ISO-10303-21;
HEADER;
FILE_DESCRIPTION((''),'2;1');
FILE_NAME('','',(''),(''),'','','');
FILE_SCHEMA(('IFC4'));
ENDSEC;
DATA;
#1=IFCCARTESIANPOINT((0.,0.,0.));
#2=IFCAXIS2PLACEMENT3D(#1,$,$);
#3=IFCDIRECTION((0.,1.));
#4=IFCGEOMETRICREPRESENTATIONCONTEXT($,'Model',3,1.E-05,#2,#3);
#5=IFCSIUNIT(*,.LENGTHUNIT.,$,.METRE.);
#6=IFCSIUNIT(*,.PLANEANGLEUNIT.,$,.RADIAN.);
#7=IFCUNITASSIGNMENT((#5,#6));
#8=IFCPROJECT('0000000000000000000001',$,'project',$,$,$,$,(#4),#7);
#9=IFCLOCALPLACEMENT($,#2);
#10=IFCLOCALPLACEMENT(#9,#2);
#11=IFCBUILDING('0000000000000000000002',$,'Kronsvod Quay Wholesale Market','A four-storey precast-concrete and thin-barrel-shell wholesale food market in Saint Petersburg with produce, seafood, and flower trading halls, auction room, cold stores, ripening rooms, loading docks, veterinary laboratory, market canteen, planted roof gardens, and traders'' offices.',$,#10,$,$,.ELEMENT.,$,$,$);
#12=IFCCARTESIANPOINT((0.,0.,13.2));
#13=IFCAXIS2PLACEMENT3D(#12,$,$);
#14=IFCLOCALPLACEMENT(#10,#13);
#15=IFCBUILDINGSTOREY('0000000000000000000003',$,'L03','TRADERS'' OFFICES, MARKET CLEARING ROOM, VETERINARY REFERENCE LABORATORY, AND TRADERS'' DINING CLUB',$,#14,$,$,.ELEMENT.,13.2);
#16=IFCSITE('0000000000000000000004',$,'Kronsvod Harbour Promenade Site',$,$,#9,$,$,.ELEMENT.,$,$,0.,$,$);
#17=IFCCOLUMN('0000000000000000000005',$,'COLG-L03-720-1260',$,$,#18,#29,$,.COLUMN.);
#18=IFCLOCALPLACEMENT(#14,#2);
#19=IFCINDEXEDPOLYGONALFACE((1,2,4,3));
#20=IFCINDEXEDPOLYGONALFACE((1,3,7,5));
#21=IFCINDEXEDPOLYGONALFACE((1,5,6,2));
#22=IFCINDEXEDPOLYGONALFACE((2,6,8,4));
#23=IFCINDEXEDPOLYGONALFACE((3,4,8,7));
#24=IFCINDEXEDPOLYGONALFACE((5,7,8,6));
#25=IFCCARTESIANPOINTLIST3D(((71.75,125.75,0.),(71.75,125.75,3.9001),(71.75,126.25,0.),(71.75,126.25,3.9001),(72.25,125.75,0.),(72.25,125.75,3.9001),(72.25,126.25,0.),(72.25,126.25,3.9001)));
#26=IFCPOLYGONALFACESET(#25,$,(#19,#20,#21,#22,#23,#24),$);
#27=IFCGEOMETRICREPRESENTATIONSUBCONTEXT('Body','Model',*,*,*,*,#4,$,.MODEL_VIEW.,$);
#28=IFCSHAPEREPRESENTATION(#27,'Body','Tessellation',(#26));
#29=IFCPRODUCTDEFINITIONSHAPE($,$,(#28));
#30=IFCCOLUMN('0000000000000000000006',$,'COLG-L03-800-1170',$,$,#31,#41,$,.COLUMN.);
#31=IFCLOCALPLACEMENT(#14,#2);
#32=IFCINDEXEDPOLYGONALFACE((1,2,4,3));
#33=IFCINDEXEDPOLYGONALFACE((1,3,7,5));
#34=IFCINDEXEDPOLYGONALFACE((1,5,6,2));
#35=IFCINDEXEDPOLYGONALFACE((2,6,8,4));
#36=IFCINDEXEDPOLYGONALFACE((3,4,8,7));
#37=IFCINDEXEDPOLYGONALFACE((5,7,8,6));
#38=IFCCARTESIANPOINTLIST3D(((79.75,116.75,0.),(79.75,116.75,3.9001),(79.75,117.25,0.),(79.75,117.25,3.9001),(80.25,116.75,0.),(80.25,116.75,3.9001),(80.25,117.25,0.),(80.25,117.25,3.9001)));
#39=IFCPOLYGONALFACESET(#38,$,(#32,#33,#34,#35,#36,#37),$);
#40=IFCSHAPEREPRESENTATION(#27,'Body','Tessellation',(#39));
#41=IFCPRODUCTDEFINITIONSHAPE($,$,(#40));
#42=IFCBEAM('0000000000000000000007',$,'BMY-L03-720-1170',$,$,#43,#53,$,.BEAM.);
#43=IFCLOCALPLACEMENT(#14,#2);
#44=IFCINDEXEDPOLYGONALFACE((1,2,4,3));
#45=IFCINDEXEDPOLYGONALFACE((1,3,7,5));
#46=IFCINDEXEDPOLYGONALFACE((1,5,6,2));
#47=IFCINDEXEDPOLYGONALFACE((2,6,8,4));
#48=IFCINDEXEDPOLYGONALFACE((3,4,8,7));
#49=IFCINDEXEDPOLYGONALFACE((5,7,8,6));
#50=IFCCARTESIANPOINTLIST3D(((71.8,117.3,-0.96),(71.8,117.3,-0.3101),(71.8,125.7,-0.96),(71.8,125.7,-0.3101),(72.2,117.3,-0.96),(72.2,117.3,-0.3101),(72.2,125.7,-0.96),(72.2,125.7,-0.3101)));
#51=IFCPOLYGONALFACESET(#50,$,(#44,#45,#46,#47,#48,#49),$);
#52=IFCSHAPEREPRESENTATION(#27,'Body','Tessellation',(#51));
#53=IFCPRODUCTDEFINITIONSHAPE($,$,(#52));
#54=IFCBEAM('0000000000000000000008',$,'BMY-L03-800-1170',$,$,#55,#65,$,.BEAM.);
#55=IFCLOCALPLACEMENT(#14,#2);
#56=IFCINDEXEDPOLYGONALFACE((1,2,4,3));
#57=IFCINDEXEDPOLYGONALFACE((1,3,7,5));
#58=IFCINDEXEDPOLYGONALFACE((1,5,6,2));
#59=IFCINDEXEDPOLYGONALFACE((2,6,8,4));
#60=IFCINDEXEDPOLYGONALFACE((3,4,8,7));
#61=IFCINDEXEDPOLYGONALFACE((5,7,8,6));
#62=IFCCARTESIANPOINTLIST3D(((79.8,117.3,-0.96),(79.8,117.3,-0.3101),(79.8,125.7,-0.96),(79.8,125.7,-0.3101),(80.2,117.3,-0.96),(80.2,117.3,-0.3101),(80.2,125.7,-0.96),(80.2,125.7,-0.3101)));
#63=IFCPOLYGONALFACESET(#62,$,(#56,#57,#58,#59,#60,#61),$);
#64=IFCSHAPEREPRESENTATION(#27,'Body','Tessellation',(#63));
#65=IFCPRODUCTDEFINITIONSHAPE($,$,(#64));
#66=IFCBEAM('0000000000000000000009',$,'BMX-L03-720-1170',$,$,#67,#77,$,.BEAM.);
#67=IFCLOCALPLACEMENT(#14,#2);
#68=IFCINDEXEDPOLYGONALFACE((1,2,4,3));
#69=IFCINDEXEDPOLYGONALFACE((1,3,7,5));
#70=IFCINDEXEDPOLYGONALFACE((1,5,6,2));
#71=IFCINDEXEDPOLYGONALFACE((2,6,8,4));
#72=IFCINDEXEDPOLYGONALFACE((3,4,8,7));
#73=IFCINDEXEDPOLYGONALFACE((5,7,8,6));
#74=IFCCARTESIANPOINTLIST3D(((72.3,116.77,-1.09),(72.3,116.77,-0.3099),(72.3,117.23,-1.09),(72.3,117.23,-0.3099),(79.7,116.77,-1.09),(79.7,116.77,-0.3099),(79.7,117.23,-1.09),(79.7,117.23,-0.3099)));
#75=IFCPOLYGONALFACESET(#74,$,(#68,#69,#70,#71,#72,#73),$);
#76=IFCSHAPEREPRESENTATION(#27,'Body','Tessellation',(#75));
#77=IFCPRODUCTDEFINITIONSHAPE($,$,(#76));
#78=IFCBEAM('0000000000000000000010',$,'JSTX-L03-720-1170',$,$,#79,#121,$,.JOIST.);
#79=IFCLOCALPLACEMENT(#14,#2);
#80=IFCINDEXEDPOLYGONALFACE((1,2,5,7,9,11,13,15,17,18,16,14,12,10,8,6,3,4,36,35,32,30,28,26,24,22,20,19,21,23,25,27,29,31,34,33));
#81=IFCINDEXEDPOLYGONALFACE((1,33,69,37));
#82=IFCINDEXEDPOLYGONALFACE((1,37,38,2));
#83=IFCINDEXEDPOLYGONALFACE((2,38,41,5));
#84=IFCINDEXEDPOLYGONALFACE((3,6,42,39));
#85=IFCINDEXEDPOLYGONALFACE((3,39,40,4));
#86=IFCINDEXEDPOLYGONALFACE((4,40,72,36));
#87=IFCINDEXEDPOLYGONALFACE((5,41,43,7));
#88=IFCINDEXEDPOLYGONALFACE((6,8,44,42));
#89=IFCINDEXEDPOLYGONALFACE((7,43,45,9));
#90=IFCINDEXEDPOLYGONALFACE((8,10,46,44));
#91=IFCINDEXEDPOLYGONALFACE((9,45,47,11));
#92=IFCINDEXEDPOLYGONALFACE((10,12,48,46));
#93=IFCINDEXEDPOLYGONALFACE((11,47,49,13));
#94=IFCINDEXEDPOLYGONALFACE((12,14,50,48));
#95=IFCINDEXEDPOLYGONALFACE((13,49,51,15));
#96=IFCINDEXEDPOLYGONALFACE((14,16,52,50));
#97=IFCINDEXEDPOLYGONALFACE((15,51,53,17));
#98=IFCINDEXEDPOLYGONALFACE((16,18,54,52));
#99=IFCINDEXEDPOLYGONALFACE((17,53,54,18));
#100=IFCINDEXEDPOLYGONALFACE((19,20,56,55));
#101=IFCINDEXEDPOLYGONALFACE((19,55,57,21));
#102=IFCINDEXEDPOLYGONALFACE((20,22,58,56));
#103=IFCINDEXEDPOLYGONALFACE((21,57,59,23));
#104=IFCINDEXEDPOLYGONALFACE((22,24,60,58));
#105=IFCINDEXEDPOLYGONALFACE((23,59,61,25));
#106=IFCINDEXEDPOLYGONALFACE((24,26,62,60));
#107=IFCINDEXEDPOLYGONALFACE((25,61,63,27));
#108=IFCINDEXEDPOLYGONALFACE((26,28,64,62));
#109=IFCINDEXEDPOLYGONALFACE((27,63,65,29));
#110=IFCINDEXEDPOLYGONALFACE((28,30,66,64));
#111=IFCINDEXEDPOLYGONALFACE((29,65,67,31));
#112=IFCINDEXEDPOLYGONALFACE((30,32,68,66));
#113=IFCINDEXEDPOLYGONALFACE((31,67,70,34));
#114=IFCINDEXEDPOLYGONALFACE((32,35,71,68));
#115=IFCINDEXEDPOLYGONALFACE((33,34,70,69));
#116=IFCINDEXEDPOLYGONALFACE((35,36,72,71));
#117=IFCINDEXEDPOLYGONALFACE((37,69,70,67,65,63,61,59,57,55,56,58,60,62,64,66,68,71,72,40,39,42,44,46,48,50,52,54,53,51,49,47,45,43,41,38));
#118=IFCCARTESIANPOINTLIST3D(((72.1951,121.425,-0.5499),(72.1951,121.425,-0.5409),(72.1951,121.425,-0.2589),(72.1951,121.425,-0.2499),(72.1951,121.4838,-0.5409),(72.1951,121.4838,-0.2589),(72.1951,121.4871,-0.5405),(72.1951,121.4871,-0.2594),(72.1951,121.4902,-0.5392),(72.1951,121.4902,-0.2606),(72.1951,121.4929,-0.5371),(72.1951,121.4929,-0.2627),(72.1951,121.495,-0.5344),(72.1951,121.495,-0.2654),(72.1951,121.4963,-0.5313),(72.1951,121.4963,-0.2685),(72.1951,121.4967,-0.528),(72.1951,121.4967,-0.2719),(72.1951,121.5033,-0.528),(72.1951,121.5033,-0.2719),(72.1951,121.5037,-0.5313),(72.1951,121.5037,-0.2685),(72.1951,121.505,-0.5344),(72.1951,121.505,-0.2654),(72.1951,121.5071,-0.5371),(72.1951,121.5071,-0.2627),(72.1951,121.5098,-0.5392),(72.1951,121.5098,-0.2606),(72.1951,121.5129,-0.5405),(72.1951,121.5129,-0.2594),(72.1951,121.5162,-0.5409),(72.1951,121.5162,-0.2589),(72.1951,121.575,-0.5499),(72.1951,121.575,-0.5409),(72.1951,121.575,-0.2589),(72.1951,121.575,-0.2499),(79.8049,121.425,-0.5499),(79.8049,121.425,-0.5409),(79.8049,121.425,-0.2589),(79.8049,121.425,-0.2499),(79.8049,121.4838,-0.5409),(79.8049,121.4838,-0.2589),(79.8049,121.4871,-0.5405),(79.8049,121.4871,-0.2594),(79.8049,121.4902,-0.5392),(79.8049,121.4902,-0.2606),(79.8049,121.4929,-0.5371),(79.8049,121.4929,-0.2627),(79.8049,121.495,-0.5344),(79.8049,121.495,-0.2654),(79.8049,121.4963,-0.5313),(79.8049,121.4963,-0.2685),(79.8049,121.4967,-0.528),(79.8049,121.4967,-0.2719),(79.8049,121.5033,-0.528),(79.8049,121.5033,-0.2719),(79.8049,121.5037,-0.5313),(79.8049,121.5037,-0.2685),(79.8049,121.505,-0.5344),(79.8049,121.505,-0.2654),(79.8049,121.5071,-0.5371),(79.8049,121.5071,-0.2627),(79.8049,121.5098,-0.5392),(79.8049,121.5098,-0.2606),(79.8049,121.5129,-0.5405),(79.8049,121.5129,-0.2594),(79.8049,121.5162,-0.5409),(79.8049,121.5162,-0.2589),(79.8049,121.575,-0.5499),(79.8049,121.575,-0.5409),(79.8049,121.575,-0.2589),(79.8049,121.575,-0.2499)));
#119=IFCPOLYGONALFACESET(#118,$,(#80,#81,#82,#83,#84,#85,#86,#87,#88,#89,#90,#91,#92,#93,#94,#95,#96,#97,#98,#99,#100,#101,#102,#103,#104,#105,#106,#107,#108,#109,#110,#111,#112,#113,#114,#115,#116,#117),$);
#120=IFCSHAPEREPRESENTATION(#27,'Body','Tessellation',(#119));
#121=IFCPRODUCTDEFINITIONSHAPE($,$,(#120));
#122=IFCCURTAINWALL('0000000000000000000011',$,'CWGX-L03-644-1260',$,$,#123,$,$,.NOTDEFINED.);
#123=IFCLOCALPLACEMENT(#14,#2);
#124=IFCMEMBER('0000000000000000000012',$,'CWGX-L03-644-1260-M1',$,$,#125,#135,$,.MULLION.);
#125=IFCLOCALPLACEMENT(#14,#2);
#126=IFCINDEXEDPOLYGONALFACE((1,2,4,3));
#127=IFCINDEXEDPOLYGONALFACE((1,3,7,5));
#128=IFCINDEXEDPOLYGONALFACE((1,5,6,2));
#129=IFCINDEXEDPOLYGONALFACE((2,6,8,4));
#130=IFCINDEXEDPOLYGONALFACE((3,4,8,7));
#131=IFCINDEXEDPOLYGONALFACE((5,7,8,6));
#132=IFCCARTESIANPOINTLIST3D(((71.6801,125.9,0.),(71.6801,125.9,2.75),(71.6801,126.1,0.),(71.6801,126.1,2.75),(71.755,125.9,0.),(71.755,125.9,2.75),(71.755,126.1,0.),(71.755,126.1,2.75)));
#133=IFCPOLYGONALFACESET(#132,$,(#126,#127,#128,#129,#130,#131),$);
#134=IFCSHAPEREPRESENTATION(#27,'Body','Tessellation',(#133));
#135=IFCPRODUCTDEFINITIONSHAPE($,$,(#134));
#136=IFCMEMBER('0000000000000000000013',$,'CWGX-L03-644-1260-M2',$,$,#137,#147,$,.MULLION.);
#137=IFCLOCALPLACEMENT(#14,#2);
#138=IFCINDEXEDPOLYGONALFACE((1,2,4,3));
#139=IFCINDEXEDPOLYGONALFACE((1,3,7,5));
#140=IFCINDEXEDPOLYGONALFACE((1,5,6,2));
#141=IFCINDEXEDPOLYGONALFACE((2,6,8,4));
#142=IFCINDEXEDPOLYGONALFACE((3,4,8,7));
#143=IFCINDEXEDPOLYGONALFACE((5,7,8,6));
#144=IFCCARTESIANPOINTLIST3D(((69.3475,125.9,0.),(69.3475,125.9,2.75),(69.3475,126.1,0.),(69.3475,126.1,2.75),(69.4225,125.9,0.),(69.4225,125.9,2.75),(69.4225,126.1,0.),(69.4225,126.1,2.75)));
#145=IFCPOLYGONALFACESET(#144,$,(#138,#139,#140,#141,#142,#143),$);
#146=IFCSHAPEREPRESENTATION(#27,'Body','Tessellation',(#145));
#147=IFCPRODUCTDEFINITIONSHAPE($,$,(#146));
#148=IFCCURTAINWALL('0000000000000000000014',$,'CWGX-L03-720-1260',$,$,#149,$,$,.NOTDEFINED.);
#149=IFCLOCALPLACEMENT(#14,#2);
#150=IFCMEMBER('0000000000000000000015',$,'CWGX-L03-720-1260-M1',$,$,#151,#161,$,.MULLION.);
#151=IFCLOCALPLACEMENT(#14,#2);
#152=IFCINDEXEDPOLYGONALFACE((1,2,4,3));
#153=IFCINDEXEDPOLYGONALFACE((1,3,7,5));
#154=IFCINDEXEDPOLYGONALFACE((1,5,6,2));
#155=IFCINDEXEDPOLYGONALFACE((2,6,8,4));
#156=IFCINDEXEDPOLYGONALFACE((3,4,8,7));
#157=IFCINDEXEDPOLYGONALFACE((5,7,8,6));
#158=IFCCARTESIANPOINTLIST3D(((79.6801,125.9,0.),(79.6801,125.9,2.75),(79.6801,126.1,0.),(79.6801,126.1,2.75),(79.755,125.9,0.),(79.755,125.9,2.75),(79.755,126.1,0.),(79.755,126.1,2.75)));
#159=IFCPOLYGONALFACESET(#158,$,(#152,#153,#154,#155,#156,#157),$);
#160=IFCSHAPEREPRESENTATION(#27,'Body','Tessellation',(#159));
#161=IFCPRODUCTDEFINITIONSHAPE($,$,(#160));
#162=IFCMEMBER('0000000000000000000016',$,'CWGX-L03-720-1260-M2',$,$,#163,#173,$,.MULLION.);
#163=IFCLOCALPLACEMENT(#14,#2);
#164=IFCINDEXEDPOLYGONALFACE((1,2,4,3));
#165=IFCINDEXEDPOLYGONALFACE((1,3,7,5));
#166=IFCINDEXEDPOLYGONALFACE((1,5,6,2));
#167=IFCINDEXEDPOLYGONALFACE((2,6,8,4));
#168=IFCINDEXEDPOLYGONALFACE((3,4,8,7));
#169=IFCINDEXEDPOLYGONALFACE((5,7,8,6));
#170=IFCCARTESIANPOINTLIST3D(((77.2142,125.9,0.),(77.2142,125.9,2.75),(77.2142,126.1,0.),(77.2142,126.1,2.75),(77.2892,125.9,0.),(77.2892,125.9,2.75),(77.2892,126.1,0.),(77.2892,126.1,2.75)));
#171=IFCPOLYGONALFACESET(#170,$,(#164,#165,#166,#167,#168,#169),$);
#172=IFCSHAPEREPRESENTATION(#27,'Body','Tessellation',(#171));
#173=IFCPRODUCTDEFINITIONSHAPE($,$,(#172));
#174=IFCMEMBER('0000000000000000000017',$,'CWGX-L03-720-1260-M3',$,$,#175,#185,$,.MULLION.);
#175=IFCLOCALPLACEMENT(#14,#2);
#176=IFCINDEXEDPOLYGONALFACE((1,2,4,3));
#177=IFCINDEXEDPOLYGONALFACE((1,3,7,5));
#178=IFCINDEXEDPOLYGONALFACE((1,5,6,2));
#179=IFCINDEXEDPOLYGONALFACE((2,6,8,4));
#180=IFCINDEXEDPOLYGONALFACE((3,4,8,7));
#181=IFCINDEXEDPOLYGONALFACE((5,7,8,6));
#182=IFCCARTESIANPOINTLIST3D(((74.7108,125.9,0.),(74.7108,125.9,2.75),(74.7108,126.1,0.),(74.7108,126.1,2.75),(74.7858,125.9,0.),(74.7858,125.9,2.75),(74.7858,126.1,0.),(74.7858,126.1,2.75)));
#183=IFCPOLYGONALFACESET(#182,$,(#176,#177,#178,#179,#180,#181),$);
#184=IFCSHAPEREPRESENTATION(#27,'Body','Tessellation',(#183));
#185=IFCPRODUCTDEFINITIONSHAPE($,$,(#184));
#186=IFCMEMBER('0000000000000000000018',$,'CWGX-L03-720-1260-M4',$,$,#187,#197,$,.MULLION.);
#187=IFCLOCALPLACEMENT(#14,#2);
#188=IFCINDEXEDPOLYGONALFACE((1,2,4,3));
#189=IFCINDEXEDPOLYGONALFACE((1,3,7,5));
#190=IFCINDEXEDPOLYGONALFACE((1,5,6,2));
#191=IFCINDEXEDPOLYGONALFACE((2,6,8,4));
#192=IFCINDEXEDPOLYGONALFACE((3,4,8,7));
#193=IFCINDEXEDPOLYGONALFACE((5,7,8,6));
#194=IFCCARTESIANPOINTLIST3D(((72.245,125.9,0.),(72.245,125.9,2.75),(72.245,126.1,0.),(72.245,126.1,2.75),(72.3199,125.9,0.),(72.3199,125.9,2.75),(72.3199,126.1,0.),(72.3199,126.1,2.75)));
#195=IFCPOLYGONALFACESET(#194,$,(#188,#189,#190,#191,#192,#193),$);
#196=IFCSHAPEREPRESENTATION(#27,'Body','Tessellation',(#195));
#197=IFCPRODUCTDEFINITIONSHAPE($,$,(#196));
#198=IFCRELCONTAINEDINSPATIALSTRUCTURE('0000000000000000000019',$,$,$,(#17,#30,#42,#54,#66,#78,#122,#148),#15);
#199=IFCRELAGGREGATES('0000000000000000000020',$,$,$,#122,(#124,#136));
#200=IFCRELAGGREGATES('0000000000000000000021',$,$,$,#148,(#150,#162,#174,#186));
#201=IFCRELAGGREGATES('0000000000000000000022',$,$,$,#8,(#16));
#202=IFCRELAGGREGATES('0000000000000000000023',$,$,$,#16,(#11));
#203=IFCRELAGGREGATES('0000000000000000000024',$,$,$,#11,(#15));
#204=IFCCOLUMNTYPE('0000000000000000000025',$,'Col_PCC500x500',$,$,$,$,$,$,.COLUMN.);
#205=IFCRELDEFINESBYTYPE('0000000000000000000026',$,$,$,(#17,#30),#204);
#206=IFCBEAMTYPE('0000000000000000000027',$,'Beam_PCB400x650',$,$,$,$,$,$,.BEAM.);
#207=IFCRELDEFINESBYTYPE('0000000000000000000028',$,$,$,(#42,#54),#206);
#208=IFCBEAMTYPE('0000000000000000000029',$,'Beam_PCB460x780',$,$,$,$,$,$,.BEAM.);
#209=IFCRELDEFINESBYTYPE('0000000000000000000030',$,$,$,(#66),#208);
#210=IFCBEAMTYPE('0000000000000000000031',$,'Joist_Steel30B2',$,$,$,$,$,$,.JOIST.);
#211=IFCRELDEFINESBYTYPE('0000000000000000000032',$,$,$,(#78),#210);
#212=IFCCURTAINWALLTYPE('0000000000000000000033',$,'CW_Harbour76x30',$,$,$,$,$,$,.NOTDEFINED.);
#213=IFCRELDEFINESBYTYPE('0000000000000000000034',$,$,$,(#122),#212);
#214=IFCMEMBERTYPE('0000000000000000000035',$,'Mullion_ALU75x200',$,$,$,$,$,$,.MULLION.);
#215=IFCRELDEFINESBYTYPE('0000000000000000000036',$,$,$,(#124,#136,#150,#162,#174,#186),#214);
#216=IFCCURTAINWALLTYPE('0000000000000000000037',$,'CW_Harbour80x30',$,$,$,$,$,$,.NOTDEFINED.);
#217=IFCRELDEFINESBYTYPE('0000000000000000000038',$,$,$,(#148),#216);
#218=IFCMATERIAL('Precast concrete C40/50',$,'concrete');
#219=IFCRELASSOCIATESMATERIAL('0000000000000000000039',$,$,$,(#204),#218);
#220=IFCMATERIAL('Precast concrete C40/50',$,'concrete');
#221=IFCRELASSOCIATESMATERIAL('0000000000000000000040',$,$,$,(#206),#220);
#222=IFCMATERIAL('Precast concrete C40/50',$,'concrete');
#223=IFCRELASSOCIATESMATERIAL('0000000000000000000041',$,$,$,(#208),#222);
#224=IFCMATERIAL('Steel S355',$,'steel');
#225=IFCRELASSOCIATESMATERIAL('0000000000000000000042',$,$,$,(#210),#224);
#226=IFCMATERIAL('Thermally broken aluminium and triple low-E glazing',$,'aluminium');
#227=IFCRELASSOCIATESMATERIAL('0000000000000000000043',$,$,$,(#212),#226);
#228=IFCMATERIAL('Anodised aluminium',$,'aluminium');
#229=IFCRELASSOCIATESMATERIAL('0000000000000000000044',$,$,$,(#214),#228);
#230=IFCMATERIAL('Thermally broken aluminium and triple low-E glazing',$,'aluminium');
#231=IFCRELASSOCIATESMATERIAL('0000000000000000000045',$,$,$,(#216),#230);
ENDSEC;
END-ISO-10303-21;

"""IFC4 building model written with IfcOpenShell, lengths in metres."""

from ifc_helpers import new_model, si_unit, direction, frame, origin, origin_2d, place, context, subcontext, project, spatial, rectangle, i_section, extrude, material, material_profile, profile_set, type_object, element, aggregate, save


model = new_model("IFC4")

# Units and contexts
model_context = context("Model", 3, precision=1e-05, world=origin(), true_north=direction((0.0, 1.0)))
body_context = subcontext(model_context, "Body", "Model", "MODEL_VIEW")
ifc_project = project(units=[si_unit("LENGTHUNIT", "METRE"), si_unit("PLANEANGLEUNIT", "RADIAN")], contexts=[model_context])

# Site, building, storey
site_placement = place(None, origin())
site = spatial("IfcSite", under=ifc_project, at=site_placement, Name="Kronsvod Harbour Promenade Site", CompositionType="ELEMENT", RefElevation=0.0)
building_placement = place(site_placement, origin())
building = spatial("IfcBuilding", under=site, at=building_placement, Name="Kronsvod Quay Wholesale Market", Description="A four-storey precast-concrete and thin-barrel-shell wholesale food market in Saint Petersburg with produce, seafood, and flower trading halls, auction room, cold stores, ripening rooms, loading docks, veterinary laboratory, market canteen, planted roof gardens, and traders' offices.", CompositionType="ELEMENT")
storey_placement = place(building_placement, frame((0.0, 0.0, 13.2)))
storey = spatial("IfcBuildingStorey", under=building, at=storey_placement, Name="L03", Description="TRADERS' OFFICES, MARKET CLEARING ROOM, VETERINARY REFERENCE LABORATORY, AND TRADERS' DINING CLUB", CompositionType="ELEMENT", Elevation=13.2)

# Columns
ifc_material_1 = material(Name="Precast concrete C40/50", Category="concrete")
ifc_material_profile_1 = material_profile(ifc_material_1, rectangle(XDim=0.5, YDim=0.5, at=origin_2d()), Name="PCC500x500")
ifc_profile_set_1 = profile_set([ifc_material_profile_1], Name="Precast concrete C40/50")
column_type = type_object("IfcColumnType", Name="Col_PCC500x500", PredefinedType="COLUMN", material=ifc_profile_set_1)
for number, where, z_axis, x_axis, name in (
    (1, (72.0, 126.0, 0.0), (0.0, 0.0, 1.0), (1.0, 0.0, 0.0), "COLG-L03-720-1260"),
    (2, (80.0, 117.0, 0.0), (0.0, 0.0, 1.0), (1.0, 0.0, 0.0), "COLG-L03-800-1170"),
):
    element("IfcColumn", number, at=place(storey_placement, frame(where, z_axis=z_axis, x_axis=x_axis)), inside=storey, type_object=column_type, Name=name, PredefinedType="COLUMN", context=body_context, shape_type="SweptSolid", body=[
        extrude(rectangle(XDim=0.5, YDim=0.5, at=origin_2d()), origin(), (0.0, 0.0, 1.0), 3.9001),
    ])

# Beams
ifc_material_2 = material(Name="Precast concrete C40/50", Category="concrete")
ifc_material_profile_2 = material_profile(ifc_material_2, rectangle(XDim=0.3999, YDim=0.6499, at=origin_2d()), Name="PCB400x650")
ifc_profile_set_2 = profile_set([ifc_material_profile_2], Name="Precast concrete C40/50")
beam_type_1 = type_object("IfcBeamType", Name="Beam_PCB400x650", PredefinedType="BEAM", material=ifc_profile_set_2)
for number, where, z_axis, x_axis, name in (
    (3, (72.0, 117.3, -0.635), (0.0, 1.0, 0.0), (-1.0, 0.0, 0.0), "BMY-L03-720-1170"),
    (4, (80.0, 117.3, -0.635), (0.0, 1.0, 0.0), (-1.0, 0.0, 0.0), "BMY-L03-800-1170"),
):
    element("IfcBeam", number, at=place(storey_placement, frame(where, z_axis=z_axis, x_axis=x_axis)), inside=storey, type_object=beam_type_1, Name=name, PredefinedType="BEAM", context=body_context, shape_type="SweptSolid", body=[
        extrude(rectangle(XDim=0.3999, YDim=0.6499, at=origin_2d()), origin(), (0.0, 0.0, 1.0), 8.3999),
    ])
ifc_material_3 = material(Name="Precast concrete C40/50", Category="concrete")
ifc_material_profile_3 = material_profile(ifc_material_3, rectangle(XDim=0.46, YDim=0.78, at=origin_2d()), Name="PB-03")
ifc_profile_set_3 = profile_set([ifc_material_profile_3], Name="Precast concrete C40/50")
beam_type_2 = type_object("IfcBeamType", Name="Beam_PCB460x780", PredefinedType="BEAM", material=ifc_profile_set_3)
beam_1_placement = place(storey_placement, frame((72.3, 117.0, -0.7), z_axis=(1.0, 0.0, 0.0), x_axis=(0.0, 1.0, 0.0)))
element("IfcBeam", 5, at=beam_1_placement, inside=storey, type_object=beam_type_2, Name="BMX-L03-720-1170", PredefinedType="BEAM", context=body_context, shape_type="SweptSolid", body=[
    extrude(rectangle(XDim=0.46, YDim=0.78, at=origin_2d()), origin(), (0.0, 0.0, 1.0), 7.3999),
])
ifc_material_4 = material(Name="Steel S355", Category="steel")
ifc_material_profile_4 = material_profile(ifc_material_4, i_section(OverallWidth=0.1499, OverallDepth=0.3, WebThickness=0.0066, FlangeThickness=0.009, FilletRadius=0.0129, at=origin_2d()), Name="30B2")
ifc_profile_set_4 = profile_set([ifc_material_profile_4], Name="Steel S355")
beam_type_3 = type_object("IfcBeamType", Name="Joist_Steel30B2", PredefinedType="JOIST", material=ifc_profile_set_4)
beam_2_placement = place(storey_placement, frame((72.1951, 121.5, -0.3999), z_axis=(1.0, 0.0, 0.0), x_axis=(0.0, 1.0, 0.0)))
element("IfcBeam", 6, at=beam_2_placement, inside=storey, type_object=beam_type_3, Name="JSTX-L03-720-1170", PredefinedType="JOIST", context=body_context, shape_type="SweptSolid", body=[
    extrude(i_section(OverallWidth=0.1499, OverallDepth=0.3, WebThickness=0.0066, FlangeThickness=0.009, FilletRadius=0.0129, at=origin_2d()), origin(), (0.0, 0.0, 1.0), 7.6099),
])

# Curtain walls, members
ifc_material_5 = material(Name="Thermally broken aluminium and triple low-E glazing", Category="aluminium")
curtain_wall_type_1 = type_object("IfcCurtainWallType", Name="CW_Harbour76x30", PredefinedType="NOTDEFINED", material=ifc_material_5)
curtain_wall_1_placement = place(storey_placement, origin())
curtain_wall_1 = element("IfcCurtainWall", 7, at=curtain_wall_1_placement, inside=storey, type_object=curtain_wall_type_1, Name="CWGX-L03-644-1260", PredefinedType="NOTDEFINED")
ifc_material_6 = material(Name="Anodised aluminium", Category="aluminium")
ifc_material_profile_5 = material_profile(ifc_material_6, rectangle(XDim=0.075, YDim=0.2, at=origin_2d()), Name="ALUM75x200")
ifc_profile_set_5 = profile_set([ifc_material_profile_5], Name="Anodised aluminium")
member_type_1 = type_object("IfcMemberType", Name="Mullion_ALU75x200", PredefinedType="MULLION", material=ifc_profile_set_5)
member_1_placement = place(storey_placement, frame((71.7175, 126.0, 0.0), z_axis=(0.0, 0.0, 1.0), x_axis=(1.0, 0.0, 0.0)))
member_1 = element("IfcMember", 8, at=member_1_placement, type_object=member_type_1, Name="CWGX-L03-644-1260-M1", PredefinedType="MULLION", context=body_context, shape_type="SweptSolid", body=[
    extrude(rectangle(XDim=0.075, YDim=0.2, at=origin_2d()), origin(), (0.0, 0.0, 1.0), 2.75),
])
member_2_placement = place(storey_placement, frame((69.385, 126.0, 0.0), z_axis=(0.0, 0.0, 1.0), x_axis=(1.0, 0.0, 0.0)))
member_2 = element("IfcMember", 9, at=member_2_placement, type_object=member_type_1, Name="CWGX-L03-644-1260-M2", PredefinedType="MULLION", context=body_context, shape_type="SweptSolid", body=[
    extrude(rectangle(XDim=0.075, YDim=0.2, at=origin_2d()), origin(), (0.0, 0.0, 1.0), 2.75),
])
ifc_material_7 = material(Name="Thermally broken aluminium and triple low-E glazing", Category="aluminium")
curtain_wall_type_2 = type_object("IfcCurtainWallType", Name="CW_Harbour80x30", PredefinedType="NOTDEFINED", material=ifc_material_7)
curtain_wall_2_placement = place(storey_placement, origin())
curtain_wall_2 = element("IfcCurtainWall", 10, at=curtain_wall_2_placement, inside=storey, type_object=curtain_wall_type_2, Name="CWGX-L03-720-1260", PredefinedType="NOTDEFINED")
member_3_placement = place(storey_placement, frame((79.7175, 126.0, 0.0), z_axis=(0.0, 0.0, 1.0), x_axis=(1.0, 0.0, 0.0)))
member_3 = element("IfcMember", 11, at=member_3_placement, type_object=member_type_1, Name="CWGX-L03-720-1260-M1", PredefinedType="MULLION", context=body_context, shape_type="SweptSolid", body=[
    extrude(rectangle(XDim=0.075, YDim=0.2, at=origin_2d()), origin(), (0.0, 0.0, 1.0), 2.75),
])
member_4_placement = place(storey_placement, frame((77.2517, 126.0, 0.0), z_axis=(0.0, 0.0, 1.0), x_axis=(1.0, 0.0, 0.0)))
member_4 = element("IfcMember", 12, at=member_4_placement, type_object=member_type_1, Name="CWGX-L03-720-1260-M2", PredefinedType="MULLION", context=body_context, shape_type="SweptSolid", body=[
    extrude(rectangle(XDim=0.075, YDim=0.2, at=origin_2d()), origin(), (0.0, 0.0, 1.0), 2.75),
])
member_5_placement = place(storey_placement, frame((74.7483, 126.0, 0.0), z_axis=(0.0, 0.0, 1.0), x_axis=(1.0, 0.0, 0.0)))
member_5 = element("IfcMember", 13, at=member_5_placement, type_object=member_type_1, Name="CWGX-L03-720-1260-M3", PredefinedType="MULLION", context=body_context, shape_type="SweptSolid", body=[
    extrude(rectangle(XDim=0.075, YDim=0.2, at=origin_2d()), origin(), (0.0, 0.0, 1.0), 2.75),
])
member_6_placement = place(storey_placement, frame((72.2825, 126.0, 0.0), z_axis=(0.0, 0.0, 1.0), x_axis=(1.0, 0.0, 0.0)))
member_6 = element("IfcMember", 14, at=member_6_placement, type_object=member_type_1, Name="CWGX-L03-720-1260-M4", PredefinedType="MULLION", context=body_context, shape_type="SweptSolid", body=[
    extrude(rectangle(XDim=0.075, YDim=0.2, at=origin_2d()), origin(), (0.0, 0.0, 1.0), 2.75),
])

aggregate(curtain_wall_1, [member_1, member_2])
aggregate(curtain_wall_2, [member_3, member_4, member_5, member_6])

save(model, "model.ifc")
